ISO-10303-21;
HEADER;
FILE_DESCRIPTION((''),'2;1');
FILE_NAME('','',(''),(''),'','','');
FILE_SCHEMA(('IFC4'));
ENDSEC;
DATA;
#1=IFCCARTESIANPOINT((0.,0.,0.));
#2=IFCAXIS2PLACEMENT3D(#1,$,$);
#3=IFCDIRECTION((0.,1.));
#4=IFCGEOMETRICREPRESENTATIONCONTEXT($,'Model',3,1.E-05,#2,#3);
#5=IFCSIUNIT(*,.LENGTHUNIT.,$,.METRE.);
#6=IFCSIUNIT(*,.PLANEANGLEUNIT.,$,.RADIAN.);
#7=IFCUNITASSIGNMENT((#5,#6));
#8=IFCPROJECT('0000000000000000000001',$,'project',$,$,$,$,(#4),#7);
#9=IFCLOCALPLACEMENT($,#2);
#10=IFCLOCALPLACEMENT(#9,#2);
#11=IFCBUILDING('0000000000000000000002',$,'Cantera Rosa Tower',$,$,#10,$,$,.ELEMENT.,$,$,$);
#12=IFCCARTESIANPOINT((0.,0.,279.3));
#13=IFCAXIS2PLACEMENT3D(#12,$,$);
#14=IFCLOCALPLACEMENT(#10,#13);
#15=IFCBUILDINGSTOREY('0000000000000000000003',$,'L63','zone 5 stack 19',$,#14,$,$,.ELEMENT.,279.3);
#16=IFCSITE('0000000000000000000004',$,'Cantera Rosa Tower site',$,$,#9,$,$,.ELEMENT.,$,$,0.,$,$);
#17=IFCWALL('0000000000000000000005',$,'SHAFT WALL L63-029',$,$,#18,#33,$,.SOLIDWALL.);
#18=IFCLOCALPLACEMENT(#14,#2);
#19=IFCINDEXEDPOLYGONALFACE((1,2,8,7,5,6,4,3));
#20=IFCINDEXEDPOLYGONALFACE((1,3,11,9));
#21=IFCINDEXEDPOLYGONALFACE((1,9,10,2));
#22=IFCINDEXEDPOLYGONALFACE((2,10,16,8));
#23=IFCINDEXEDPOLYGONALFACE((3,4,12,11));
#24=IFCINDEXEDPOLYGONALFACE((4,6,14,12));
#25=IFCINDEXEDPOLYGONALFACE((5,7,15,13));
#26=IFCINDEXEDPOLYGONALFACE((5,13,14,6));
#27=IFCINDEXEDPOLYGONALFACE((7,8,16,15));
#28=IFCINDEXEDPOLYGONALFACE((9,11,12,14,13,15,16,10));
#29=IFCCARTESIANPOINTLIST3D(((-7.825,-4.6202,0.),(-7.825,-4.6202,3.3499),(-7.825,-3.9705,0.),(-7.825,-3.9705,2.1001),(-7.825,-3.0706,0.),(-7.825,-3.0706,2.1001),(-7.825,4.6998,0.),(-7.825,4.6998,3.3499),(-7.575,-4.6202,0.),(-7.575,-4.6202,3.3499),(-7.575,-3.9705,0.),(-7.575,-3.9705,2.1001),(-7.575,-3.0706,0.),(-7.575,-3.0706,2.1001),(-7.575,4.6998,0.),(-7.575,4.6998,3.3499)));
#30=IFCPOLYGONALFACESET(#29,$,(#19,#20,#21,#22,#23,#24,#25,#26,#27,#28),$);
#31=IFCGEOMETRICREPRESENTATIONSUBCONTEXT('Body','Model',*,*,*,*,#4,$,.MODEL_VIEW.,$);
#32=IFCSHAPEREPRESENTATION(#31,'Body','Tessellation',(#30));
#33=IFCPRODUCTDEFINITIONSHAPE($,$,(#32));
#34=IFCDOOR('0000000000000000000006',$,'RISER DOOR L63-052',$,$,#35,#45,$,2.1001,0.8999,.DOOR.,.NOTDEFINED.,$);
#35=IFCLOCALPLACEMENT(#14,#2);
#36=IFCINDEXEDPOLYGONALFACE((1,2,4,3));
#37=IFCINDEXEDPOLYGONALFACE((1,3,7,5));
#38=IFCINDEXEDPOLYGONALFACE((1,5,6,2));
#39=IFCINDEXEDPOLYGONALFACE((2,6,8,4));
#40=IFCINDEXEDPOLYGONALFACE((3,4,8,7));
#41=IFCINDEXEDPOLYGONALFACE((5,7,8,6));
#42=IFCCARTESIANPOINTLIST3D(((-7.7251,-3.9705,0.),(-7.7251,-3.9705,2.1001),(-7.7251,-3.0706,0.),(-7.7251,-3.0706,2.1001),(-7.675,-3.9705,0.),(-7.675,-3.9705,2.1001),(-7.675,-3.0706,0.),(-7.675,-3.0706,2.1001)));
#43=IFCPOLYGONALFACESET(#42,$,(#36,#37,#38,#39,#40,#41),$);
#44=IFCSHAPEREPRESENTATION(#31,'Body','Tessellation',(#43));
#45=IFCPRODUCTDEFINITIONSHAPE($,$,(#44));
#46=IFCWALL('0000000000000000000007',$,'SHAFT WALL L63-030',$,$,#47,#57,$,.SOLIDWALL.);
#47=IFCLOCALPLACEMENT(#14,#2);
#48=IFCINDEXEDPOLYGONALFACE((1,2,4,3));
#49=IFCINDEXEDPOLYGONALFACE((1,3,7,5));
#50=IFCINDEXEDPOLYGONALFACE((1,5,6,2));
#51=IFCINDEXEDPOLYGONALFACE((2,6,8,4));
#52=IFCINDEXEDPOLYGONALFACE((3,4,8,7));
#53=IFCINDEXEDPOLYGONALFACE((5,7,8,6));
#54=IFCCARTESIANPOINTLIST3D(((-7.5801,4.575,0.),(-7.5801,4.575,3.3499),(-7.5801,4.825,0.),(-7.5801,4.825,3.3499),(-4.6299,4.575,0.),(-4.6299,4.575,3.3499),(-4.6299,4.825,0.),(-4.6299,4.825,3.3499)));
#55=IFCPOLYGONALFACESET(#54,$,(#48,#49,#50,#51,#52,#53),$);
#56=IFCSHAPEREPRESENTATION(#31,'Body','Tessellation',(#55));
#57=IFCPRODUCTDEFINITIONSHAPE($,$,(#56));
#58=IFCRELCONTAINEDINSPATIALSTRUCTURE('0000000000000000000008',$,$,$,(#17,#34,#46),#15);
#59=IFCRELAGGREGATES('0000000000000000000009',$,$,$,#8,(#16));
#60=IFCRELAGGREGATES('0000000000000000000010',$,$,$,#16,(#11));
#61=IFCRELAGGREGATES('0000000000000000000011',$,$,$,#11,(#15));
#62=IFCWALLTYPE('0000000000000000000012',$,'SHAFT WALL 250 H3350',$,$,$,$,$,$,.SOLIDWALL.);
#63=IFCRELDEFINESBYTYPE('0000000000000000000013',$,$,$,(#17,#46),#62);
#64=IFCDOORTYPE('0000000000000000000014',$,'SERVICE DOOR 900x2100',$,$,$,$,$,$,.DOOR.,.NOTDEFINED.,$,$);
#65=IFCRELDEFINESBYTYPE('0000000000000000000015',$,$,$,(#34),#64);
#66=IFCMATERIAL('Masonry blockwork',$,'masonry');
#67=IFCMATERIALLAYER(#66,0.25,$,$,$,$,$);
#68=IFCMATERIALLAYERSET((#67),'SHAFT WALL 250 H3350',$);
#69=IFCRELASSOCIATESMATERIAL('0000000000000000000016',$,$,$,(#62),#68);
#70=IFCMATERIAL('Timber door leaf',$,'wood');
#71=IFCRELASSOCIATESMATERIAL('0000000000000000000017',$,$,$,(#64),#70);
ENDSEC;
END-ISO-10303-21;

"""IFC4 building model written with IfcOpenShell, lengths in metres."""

from ifc_helpers import new_model, si_unit, direction, frame, frame_2d, origin, place, context, subcontext, project, spatial, rectangle, extrude, material, layer, layer_set, type_object, element, fill, save


model = new_model("IFC4")

# Units and contexts
model_context = context("Model", 3, precision=1e-05, world=origin(), true_north=direction((0.0, 1.0)))
body_context = subcontext(model_context, "Body", "Model", "MODEL_VIEW")
ifc_project = project(units=[si_unit("LENGTHUNIT", "METRE"), si_unit("PLANEANGLEUNIT", "RADIAN")], contexts=[model_context])

# Site, building, storey
site_placement = place(None, origin())
site = spatial("IfcSite", under=ifc_project, at=site_placement, Name="Cantera Rosa Tower site", CompositionType="ELEMENT", RefElevation=0.0)
building_placement = place(site_placement, origin())
building = spatial("IfcBuilding", under=site, at=building_placement, Name="Cantera Rosa Tower", CompositionType="ELEMENT")
storey_placement = place(building_placement, frame((0.0, 0.0, 279.3)))
storey = spatial("IfcBuildingStorey", under=building, at=storey_placement, Name="L63", Description="zone 5 stack 19", CompositionType="ELEMENT", Elevation=279.3)

# Shared definitions
ifc_material_1 = material(Name="Masonry blockwork", Category="masonry")
ifc_layer_1 = layer(ifc_material_1, 0.25)
ifc_layer_set_1 = layer_set([ifc_layer_1], Name="SHAFT WALL 250 H3350")
wall_type_1 = type_object("IfcWallType", Name="SHAFT WALL 250 H3350", PredefinedType="SOLIDWALL", material=ifc_layer_set_1)

# Wall, opening, door
wall_1_placement = place(storey_placement, frame((-7.7, 4.7, 0.0), z_axis=(0.0, 0.0, 1.0), x_axis=(0.0, -1.0, 0.0)))
wall_1 = element("IfcWall", 1, at=wall_1_placement, inside=storey, type_object=wall_type_1, Name="SHAFT WALL L63-029", PredefinedType="SOLIDWALL", context=body_context, shape_type="SweptSolid", body=[
    extrude(rectangle(XDim=9.3201, YDim=0.25, at=frame_2d((4.6602, 0.0))), origin(), (0.0, 0.0, 1.0), 3.3499),
])
opening_1_placement = place(wall_1_placement, frame((7.7705, 0.0, 0.0)))
opening_1 = element("IfcOpeningElement", 2, at=opening_1_placement, cuts=wall_1, PredefinedType="OPENING", context=body_context, shape_type="SweptSolid", body=[
    extrude(rectangle(XDim=0.8999, YDim=2.1001, at=frame_2d((0.45, 1.05))), frame((0.0, 0.135, 0.0), z_axis=(0.0, -1.0, 0.0), x_axis=(1.0, 0.0, 0.0)), (0.0, 0.0, 1.0), 0.27),
])
ifc_material_2 = material(Name="Timber door leaf", Category="wood")
door_type_1 = type_object("IfcDoorType", Name="SERVICE DOOR 900x2100", OperationType="NOTDEFINED", PredefinedType="DOOR", material=ifc_material_2)
door_1_placement = place(opening_1_placement, origin())
door_1 = element("IfcDoor", 3, at=door_1_placement, inside=storey, type_object=door_type_1, Name="RISER DOOR L63-052", OperationType="NOTDEFINED", OverallHeight=2.1001, OverallWidth=0.8999, PredefinedType="DOOR", context=body_context, shape_type="SweptSolid", body=[
    extrude(rectangle(XDim=0.8999, YDim=2.1001, at=frame_2d((0.45, 1.05))), frame((0.0, 0.0249, 0.0), z_axis=(0.0, -1.0, 0.0), x_axis=(1.0, 0.0, 0.0)), (0.0, 0.0, 1.0), 0.05),
])
fill(opening_1, door_1)

# Wall
wall_2_placement = place(storey_placement, frame((-7.5801, 4.7, 0.0), z_axis=(0.0, 0.0, 1.0), x_axis=(1.0, 0.0, 0.0)))
element("IfcWall", 4, at=wall_2_placement, inside=storey, type_object=wall_type_1, Name="SHAFT WALL L63-030", PredefinedType="SOLIDWALL", context=body_context, shape_type="SweptSolid", body=[
    extrude(rectangle(XDim=2.9502, YDim=0.25, at=frame_2d((1.4751, 0.0))), origin(), (0.0, 0.0, 1.0), 3.3499),
])

save(model, "model.ifc")
